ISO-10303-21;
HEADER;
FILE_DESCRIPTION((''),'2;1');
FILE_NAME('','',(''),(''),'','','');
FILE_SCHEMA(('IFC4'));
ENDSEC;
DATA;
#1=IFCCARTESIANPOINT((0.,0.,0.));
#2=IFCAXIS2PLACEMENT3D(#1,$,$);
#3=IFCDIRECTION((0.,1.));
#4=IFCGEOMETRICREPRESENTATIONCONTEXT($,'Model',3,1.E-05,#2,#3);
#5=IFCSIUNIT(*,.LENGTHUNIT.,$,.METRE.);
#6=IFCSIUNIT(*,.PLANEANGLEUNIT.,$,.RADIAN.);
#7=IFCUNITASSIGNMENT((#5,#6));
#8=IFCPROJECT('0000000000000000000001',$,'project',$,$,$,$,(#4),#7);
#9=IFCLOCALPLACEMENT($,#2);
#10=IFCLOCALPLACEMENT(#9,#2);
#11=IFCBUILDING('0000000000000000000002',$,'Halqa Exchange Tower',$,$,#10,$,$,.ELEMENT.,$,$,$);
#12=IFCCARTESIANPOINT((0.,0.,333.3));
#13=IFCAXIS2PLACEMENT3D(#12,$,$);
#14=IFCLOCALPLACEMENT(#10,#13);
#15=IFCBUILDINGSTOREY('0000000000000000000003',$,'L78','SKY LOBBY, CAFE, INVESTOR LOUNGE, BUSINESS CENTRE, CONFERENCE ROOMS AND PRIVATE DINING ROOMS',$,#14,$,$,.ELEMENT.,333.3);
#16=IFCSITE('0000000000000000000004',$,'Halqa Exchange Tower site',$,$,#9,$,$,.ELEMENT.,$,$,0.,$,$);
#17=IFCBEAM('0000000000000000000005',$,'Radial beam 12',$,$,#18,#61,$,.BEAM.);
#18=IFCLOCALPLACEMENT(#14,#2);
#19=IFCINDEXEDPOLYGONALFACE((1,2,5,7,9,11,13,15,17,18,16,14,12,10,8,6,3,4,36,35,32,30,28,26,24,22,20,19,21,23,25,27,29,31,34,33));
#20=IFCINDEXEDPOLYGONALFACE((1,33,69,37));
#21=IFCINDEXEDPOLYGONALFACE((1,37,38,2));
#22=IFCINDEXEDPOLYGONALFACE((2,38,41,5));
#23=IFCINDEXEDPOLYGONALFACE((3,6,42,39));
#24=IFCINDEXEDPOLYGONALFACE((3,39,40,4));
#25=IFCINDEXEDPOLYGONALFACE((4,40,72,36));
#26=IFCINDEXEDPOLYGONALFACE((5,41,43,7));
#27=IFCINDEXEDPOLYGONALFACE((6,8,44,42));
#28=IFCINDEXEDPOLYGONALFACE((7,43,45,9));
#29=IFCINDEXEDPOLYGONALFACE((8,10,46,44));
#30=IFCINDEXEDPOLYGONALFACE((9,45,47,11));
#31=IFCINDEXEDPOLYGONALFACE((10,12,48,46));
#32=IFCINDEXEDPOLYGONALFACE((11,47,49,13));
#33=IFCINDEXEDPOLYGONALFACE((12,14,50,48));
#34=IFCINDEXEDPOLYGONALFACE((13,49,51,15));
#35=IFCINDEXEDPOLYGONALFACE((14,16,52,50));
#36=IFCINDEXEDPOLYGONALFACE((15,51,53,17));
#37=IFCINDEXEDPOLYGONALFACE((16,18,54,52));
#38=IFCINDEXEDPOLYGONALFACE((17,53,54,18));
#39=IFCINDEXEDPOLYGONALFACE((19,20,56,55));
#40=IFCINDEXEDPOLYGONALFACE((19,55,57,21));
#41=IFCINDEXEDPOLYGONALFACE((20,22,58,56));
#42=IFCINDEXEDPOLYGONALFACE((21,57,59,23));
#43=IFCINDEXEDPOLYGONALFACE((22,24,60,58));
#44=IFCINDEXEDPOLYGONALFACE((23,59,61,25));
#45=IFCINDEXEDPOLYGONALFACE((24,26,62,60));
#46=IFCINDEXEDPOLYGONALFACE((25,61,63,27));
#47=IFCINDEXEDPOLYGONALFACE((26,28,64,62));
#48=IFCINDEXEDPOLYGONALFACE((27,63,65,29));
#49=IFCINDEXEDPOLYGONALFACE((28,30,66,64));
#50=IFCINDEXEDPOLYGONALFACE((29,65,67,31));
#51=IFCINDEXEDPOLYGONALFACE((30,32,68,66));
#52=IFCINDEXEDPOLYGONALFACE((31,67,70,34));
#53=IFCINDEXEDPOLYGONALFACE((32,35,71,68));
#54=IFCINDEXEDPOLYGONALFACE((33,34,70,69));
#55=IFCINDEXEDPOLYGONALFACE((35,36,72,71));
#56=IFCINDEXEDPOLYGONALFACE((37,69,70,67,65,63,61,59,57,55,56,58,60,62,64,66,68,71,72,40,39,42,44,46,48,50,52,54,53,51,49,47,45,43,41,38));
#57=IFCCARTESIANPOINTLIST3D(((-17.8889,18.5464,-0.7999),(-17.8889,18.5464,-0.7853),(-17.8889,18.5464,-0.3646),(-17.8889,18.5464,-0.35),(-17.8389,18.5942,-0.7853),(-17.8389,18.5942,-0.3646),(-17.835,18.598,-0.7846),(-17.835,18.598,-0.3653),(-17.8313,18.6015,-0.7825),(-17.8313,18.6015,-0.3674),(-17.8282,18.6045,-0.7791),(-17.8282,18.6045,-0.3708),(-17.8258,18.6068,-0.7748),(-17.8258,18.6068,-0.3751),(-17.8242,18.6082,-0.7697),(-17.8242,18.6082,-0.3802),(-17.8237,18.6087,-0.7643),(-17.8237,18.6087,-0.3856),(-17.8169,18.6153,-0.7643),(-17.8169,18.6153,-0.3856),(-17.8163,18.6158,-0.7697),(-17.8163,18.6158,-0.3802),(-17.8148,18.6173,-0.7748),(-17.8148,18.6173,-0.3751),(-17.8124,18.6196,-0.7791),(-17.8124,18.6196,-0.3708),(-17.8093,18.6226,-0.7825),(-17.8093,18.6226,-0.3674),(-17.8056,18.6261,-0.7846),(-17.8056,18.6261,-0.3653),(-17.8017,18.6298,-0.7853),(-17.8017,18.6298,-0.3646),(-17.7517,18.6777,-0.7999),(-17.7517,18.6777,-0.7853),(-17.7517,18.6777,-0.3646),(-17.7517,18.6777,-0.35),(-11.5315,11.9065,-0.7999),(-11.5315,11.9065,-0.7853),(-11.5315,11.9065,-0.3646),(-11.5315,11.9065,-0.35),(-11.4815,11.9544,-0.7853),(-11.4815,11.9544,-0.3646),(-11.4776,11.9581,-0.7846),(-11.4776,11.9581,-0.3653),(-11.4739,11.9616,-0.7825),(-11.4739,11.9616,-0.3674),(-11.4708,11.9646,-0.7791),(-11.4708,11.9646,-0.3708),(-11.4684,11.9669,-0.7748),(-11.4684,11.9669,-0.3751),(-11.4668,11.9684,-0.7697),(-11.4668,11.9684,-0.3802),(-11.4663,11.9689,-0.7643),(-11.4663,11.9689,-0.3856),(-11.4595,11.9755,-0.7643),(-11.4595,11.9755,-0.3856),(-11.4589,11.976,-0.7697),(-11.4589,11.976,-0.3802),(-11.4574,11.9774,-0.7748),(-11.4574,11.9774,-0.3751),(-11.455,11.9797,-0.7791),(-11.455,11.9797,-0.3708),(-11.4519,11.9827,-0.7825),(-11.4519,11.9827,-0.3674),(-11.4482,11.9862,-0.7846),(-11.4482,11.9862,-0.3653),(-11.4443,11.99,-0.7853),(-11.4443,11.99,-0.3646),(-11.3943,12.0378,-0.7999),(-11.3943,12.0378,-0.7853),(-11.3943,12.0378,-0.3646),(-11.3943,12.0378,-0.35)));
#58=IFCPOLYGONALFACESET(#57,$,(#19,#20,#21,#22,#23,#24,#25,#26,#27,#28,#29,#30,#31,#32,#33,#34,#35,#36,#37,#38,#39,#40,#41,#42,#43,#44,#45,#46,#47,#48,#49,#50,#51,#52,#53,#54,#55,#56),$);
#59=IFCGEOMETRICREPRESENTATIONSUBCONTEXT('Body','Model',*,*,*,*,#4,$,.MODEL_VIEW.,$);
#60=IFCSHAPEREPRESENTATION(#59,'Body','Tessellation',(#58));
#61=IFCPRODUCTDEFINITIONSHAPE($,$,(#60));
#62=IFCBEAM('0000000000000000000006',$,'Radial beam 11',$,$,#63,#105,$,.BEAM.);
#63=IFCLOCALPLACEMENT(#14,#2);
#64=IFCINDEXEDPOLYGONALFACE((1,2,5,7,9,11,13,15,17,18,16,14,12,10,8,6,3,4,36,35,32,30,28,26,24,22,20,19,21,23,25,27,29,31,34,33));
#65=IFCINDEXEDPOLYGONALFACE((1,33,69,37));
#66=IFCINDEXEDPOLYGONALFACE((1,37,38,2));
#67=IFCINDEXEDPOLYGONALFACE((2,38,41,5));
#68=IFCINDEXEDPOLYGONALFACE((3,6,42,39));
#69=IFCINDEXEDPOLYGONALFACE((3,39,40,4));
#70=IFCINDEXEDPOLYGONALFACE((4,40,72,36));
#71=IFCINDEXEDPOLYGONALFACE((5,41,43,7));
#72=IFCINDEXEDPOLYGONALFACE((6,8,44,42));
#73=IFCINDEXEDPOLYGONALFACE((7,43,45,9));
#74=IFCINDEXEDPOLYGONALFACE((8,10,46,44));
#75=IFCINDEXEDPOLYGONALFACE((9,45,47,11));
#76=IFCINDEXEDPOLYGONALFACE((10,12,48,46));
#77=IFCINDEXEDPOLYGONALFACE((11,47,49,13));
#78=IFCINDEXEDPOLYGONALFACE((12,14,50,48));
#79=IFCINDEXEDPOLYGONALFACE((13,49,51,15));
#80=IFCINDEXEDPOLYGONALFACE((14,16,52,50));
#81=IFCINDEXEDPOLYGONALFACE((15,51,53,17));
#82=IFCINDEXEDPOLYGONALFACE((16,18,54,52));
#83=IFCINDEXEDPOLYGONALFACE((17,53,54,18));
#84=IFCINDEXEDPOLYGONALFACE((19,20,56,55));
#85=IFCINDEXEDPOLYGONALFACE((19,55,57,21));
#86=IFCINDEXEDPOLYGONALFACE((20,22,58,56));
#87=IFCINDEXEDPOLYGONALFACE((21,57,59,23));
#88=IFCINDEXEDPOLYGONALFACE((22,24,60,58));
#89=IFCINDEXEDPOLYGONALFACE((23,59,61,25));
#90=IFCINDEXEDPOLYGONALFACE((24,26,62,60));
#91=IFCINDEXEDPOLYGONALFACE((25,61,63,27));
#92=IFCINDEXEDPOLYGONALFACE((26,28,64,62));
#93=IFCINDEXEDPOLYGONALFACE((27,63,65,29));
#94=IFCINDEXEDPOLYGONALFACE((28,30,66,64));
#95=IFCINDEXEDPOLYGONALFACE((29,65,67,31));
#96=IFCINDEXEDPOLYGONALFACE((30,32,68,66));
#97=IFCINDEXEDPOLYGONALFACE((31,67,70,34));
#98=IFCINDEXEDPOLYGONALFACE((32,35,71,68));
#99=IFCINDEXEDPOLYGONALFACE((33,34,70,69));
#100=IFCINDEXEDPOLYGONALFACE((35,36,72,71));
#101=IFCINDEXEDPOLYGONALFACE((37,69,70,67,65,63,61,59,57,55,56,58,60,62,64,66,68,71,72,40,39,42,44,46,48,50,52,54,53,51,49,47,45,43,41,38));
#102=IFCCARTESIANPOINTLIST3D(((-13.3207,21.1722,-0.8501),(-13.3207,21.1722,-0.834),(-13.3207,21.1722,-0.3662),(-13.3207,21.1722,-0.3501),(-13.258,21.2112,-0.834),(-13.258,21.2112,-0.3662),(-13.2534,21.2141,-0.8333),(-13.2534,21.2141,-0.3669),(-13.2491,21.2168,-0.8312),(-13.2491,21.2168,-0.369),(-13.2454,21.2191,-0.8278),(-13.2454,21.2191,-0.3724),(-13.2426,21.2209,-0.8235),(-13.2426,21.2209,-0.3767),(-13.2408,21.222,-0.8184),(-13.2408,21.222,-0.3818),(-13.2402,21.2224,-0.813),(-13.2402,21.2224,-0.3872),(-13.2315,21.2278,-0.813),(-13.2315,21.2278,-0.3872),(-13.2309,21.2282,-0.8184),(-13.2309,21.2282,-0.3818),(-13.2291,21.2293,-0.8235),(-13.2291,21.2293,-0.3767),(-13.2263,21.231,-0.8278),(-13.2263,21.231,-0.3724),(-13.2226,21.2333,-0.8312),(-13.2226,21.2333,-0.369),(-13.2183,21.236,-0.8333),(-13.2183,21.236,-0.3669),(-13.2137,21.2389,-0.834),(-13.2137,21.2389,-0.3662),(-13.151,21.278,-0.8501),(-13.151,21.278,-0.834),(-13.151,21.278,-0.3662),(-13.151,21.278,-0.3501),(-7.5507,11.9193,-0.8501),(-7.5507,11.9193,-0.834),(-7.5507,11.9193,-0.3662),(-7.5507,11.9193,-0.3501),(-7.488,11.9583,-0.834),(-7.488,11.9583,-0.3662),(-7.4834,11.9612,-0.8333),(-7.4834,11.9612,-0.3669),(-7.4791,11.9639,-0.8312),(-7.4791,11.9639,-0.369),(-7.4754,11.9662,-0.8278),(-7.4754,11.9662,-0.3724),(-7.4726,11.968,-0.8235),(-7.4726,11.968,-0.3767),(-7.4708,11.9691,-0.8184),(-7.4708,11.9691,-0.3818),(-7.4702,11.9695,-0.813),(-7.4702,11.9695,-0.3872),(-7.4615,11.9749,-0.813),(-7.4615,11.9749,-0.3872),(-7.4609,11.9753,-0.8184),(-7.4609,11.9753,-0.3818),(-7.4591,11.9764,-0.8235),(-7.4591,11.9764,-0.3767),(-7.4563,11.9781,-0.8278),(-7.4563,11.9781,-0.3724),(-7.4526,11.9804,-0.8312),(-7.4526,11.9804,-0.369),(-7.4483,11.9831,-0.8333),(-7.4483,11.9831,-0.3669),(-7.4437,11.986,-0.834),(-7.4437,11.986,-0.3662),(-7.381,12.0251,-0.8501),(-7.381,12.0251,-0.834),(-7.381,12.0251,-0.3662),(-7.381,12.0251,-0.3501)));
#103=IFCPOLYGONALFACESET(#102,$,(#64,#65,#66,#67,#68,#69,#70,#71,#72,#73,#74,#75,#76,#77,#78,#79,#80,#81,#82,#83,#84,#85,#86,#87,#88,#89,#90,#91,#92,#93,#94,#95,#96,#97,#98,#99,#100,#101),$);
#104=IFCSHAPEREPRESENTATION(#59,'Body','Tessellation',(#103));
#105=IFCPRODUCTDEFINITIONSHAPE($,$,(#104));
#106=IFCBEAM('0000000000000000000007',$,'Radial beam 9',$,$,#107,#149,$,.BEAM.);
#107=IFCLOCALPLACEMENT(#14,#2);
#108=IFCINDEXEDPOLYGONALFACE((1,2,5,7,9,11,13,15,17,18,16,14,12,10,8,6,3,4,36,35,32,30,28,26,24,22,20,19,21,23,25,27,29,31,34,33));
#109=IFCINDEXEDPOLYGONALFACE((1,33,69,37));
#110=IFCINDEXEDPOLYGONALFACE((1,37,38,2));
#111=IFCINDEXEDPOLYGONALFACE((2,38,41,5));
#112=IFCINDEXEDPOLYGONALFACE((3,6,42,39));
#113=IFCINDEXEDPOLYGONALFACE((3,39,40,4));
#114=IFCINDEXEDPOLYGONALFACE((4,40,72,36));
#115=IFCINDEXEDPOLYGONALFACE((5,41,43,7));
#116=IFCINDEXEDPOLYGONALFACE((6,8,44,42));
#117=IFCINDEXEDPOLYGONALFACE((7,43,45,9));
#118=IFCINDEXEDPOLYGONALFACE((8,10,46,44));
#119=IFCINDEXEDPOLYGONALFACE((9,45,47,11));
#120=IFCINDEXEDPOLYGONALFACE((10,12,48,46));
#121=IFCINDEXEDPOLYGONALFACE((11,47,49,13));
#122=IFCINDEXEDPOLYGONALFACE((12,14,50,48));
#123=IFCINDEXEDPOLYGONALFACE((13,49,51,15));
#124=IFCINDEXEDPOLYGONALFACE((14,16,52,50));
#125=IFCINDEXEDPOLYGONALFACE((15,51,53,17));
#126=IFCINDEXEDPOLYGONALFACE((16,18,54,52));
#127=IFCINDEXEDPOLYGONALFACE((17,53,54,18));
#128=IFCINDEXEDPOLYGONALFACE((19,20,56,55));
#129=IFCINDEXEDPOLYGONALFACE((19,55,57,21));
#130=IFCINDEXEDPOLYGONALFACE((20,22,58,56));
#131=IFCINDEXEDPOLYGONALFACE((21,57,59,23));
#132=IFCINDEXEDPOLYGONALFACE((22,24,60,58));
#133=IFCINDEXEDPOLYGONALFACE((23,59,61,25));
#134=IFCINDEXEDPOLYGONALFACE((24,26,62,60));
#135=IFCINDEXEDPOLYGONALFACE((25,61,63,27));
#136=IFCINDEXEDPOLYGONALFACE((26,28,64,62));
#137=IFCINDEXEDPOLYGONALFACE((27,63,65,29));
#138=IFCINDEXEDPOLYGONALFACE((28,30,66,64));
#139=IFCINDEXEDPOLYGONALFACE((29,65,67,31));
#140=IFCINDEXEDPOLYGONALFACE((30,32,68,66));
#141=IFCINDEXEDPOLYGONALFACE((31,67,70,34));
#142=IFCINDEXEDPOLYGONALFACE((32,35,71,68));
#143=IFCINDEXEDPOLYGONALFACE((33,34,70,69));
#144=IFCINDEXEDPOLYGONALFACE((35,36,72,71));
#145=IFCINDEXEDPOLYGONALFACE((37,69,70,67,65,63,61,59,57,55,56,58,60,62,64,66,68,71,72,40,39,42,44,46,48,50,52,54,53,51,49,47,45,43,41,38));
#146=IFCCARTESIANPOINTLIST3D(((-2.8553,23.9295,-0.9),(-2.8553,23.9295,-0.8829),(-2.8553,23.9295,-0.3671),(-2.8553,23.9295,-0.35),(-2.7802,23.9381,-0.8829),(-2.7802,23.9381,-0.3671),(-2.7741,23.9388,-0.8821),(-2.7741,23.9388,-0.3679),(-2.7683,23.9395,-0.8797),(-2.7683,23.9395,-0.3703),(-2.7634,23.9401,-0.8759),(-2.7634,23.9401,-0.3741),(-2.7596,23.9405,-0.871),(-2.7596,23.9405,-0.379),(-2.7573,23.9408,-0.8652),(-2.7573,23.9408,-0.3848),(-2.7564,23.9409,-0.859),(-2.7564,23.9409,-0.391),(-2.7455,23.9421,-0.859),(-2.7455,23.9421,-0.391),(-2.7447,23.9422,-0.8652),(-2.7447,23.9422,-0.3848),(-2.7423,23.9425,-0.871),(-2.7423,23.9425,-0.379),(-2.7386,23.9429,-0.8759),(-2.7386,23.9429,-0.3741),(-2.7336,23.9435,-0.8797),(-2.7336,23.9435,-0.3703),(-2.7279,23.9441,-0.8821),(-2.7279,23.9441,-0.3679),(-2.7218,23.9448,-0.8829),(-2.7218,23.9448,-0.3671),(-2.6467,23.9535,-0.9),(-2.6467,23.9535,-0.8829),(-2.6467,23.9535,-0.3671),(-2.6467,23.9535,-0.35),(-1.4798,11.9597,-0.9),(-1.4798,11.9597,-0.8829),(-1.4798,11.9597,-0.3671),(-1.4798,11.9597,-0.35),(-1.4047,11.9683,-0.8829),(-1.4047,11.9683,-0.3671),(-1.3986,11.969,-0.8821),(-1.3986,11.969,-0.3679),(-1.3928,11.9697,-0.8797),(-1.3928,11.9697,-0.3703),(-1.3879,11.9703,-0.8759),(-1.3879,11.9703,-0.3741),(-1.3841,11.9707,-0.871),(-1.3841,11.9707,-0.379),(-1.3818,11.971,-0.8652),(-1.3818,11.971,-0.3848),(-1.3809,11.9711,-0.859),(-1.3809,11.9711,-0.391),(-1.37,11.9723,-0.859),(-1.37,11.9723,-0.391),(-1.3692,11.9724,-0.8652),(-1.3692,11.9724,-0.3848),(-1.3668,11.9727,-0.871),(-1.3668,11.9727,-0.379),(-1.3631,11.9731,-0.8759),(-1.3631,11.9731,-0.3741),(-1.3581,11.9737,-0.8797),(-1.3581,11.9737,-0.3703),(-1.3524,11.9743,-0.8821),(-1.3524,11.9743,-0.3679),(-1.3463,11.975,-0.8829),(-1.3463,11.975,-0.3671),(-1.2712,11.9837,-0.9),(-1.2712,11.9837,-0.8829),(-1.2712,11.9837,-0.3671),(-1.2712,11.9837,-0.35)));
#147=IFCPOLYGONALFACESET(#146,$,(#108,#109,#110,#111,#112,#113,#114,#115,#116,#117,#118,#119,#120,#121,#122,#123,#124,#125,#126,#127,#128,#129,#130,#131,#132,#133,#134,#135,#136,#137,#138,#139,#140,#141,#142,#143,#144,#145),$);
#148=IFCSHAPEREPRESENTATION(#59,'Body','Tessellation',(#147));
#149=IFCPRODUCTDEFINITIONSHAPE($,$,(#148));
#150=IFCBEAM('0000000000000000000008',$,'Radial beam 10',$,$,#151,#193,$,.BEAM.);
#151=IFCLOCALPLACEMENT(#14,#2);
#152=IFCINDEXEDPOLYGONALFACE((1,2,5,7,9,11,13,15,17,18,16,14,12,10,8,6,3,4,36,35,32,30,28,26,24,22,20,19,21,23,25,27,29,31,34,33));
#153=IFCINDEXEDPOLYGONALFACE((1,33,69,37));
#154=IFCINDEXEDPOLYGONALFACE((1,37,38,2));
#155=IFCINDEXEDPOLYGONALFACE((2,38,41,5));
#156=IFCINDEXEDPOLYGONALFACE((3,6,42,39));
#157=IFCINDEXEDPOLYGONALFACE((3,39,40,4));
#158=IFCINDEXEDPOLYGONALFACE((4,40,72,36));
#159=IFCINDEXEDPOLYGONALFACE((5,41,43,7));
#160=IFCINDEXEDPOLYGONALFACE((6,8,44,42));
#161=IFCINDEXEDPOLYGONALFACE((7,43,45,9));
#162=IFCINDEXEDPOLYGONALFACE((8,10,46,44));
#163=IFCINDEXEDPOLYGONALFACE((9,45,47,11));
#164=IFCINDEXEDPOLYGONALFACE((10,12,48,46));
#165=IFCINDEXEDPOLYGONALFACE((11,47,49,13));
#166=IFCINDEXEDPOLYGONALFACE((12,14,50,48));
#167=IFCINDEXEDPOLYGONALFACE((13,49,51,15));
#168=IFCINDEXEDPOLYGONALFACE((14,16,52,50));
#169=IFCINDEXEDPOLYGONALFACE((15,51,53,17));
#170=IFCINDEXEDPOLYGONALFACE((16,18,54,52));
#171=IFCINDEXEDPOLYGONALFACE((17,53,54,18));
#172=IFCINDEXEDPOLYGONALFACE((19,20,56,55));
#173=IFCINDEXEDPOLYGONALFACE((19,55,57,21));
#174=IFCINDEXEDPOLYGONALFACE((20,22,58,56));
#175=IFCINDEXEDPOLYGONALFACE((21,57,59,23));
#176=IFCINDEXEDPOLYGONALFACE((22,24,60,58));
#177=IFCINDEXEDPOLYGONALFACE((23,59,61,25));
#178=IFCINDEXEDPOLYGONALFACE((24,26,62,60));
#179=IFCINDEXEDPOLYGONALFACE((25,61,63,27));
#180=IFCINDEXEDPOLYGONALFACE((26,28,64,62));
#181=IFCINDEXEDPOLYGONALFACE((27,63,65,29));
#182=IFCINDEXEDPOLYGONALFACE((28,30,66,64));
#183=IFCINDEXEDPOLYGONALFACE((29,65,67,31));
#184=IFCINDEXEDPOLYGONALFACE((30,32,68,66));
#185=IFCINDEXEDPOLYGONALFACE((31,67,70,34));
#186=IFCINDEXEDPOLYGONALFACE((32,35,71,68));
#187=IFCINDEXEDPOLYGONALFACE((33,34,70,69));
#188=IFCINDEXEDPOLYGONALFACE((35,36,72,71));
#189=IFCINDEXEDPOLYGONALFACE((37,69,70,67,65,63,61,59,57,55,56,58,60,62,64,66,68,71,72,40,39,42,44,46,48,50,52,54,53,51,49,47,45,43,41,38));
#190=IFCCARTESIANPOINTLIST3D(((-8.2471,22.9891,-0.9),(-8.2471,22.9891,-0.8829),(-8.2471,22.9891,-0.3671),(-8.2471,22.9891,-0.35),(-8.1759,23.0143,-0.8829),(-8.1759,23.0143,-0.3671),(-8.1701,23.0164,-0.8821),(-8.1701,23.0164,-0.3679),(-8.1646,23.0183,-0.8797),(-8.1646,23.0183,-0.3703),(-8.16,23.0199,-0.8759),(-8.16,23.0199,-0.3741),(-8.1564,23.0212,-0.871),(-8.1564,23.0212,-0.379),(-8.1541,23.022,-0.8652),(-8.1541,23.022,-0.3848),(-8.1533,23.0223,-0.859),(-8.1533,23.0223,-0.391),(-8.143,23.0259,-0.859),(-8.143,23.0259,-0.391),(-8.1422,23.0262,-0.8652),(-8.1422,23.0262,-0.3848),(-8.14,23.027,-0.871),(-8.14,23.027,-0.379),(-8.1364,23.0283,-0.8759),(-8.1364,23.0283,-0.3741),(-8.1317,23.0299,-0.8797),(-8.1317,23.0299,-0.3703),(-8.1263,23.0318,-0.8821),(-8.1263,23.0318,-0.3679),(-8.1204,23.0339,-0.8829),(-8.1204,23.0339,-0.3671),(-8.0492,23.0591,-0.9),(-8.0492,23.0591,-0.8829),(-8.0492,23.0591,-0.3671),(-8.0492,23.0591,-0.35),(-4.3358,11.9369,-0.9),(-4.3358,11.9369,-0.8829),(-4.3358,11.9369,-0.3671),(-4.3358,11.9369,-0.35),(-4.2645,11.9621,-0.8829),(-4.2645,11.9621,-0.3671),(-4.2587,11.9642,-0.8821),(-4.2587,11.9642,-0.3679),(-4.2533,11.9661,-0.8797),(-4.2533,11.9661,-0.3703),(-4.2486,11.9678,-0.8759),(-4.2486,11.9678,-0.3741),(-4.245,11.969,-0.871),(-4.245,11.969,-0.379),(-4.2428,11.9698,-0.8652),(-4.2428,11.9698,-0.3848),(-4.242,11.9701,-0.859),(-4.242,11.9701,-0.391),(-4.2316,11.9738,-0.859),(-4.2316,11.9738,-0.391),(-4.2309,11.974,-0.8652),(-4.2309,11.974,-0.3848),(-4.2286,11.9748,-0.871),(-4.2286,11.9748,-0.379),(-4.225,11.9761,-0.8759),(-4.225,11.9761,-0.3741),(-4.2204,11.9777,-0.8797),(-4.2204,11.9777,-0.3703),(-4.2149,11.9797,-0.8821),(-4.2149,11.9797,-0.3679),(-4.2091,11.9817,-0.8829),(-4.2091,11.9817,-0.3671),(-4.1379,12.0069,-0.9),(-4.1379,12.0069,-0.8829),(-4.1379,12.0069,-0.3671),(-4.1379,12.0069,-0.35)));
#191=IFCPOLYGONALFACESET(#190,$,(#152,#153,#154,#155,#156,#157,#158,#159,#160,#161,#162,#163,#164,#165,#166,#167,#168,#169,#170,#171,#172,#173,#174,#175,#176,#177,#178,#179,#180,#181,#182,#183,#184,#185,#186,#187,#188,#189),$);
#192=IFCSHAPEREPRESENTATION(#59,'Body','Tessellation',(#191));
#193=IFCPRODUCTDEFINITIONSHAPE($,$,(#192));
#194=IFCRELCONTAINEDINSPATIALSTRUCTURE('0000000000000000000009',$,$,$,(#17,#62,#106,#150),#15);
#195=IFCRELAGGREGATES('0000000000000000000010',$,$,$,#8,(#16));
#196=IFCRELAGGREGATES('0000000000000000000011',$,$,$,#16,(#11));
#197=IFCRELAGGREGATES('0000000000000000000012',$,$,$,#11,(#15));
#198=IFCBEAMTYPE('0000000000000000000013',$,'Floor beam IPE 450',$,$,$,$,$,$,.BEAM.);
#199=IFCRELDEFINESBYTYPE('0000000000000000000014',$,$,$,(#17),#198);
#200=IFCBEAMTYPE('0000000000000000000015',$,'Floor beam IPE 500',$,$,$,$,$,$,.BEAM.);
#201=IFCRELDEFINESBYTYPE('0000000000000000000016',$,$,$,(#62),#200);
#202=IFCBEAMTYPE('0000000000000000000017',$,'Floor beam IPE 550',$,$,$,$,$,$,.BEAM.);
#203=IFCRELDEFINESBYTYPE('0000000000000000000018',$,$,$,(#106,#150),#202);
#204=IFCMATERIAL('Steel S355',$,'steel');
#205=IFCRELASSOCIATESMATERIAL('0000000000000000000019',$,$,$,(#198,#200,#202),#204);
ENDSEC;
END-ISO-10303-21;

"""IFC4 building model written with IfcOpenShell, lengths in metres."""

from ifc_helpers import new_model, si_unit, direction, frame, origin, origin_2d, place, context, subcontext, project, spatial, i_section, extrude, material, material_profile, profile_set, type_object, element, save


model = new_model("IFC4")

# Units and contexts
model_context = context("Model", 3, precision=1e-05, world=origin(), true_north=direction((0.0, 1.0)))
body_context = subcontext(model_context, "Body", "Model", "MODEL_VIEW")
ifc_project = project(units=[si_unit("LENGTHUNIT", "METRE"), si_unit("PLANEANGLEUNIT", "RADIAN")], contexts=[model_context])

# Site, building, storey
site_placement = place(None, origin())
site = spatial("IfcSite", under=ifc_project, at=site_placement, Name="Halqa Exchange Tower site", CompositionType="ELEMENT", RefElevation=0.0)
building_placement = place(site_placement, origin())
building = spatial("IfcBuilding", under=site, at=building_placement, Name="Halqa Exchange Tower", CompositionType="ELEMENT")
storey_placement = place(building_placement, frame((0.0, 0.0, 333.3)))
storey = spatial("IfcBuildingStorey", under=building, at=storey_placement, Name="L78", Description="SKY LOBBY, CAFE, INVESTOR LOUNGE, BUSINESS CENTRE, CONFERENCE ROOMS AND PRIVATE DINING ROOMS", CompositionType="ELEMENT", Elevation=333.3)

# Beams
ifc_material_1 = material(Name="Steel S355", Category="steel")
ifc_material_profile_1 = material_profile(ifc_material_1, i_section(OverallWidth=0.1899, OverallDepth=0.45, WebThickness=0.0095, FlangeThickness=0.0146, FilletRadius=0.021, at=origin_2d()), Name="IPE 450")
ifc_profile_set_1 = profile_set([ifc_material_profile_1], Name="Steel S355")
beam_type_1 = type_object("IfcBeamType", Name="Floor beam IPE 450", PredefinedType="BEAM", material=ifc_profile_set_1)
beam_1_placement = place(storey_placement, frame((-11.4629, 11.9722, -0.575), z_axis=(-0.691576, 0.722304, 0.0), x_axis=(-0.722304, -0.691576, 0.0)))
element("IfcBeam", 1, at=beam_1_placement, inside=storey, type_object=beam_type_1, Name="Radial beam 12", PredefinedType="BEAM", context=body_context, shape_type="SweptSolid", body=[
    extrude(i_section(OverallWidth=0.1899, OverallDepth=0.45, WebThickness=0.0095, FlangeThickness=0.0146, FilletRadius=0.021, at=origin_2d()), origin(), (0.0, 0.0, 1.0), 9.1926),
])
ifc_material_profile_2 = material_profile(ifc_material_1, i_section(OverallWidth=0.2, OverallDepth=0.5, WebThickness=0.0103, FlangeThickness=0.0161, FilletRadius=0.021, at=origin_2d()), Name="IPE 500")
ifc_profile_set_2 = profile_set([ifc_material_profile_2], Name="Steel S355")
beam_type_2 = type_object("IfcBeamType", Name="Floor beam IPE 500", PredefinedType="BEAM", material=ifc_profile_set_2)
beam_2_placement = place(storey_placement, frame((-7.4658, 11.9722, -0.6001), z_axis=(-0.529137, 0.848536, 0.0), x_axis=(-0.848536, -0.529137, 0.0)))
element("IfcBeam", 2, at=beam_2_placement, inside=storey, type_object=beam_type_2, Name="Radial beam 11", PredefinedType="BEAM", context=body_context, shape_type="SweptSolid", body=[
    extrude(i_section(OverallWidth=0.2, OverallDepth=0.5, WebThickness=0.0103, FlangeThickness=0.0161, FilletRadius=0.021, at=origin_2d()), origin(), (0.0, 0.0, 1.0), 10.9045),
])
ifc_material_profile_3 = material_profile(ifc_material_1, i_section(OverallWidth=0.21, OverallDepth=0.55, WebThickness=0.011, FlangeThickness=0.0171, FilletRadius=0.0239, at=origin_2d()), Name="IPE 550")
ifc_profile_set_3 = profile_set([ifc_material_profile_3], Name="Steel S355")
beam_type_3 = type_object("IfcBeamType", Name="Floor beam IPE 550", PredefinedType="BEAM", material=ifc_profile_set_3)
beam_3_placement = place(storey_placement, frame((-1.3755, 11.9717, -0.625), z_axis=(-0.114163, 0.993462, 0.0), x_axis=(-0.993462, -0.114163, 0.0)))
element("IfcBeam", 3, at=beam_3_placement, inside=storey, type_object=beam_type_3, Name="Radial beam 9", PredefinedType="BEAM", context=body_context, shape_type="SweptSolid", body=[
    extrude(i_section(OverallWidth=0.21, OverallDepth=0.55, WebThickness=0.011, FlangeThickness=0.0171, FilletRadius=0.0239, at=origin_2d()), origin(), (0.0, 0.0, 1.0), 12.0486),
])
beam_4_placement = place(storey_placement, frame((-4.2368, 11.9719, -0.625), z_axis=(-0.333623, 0.942707, 0.0), x_axis=(-0.942707, -0.333623, 0.0)))
element("IfcBeam", 4, at=beam_4_placement, inside=storey, type_object=beam_type_3, Name="Radial beam 10", PredefinedType="BEAM", context=body_context, shape_type="SweptSolid", body=[
    extrude(i_section(OverallWidth=0.21, OverallDepth=0.55, WebThickness=0.011, FlangeThickness=0.0171, FilletRadius=0.0239, at=origin_2d()), origin(), (0.0, 0.0, 1.0), 11.7239),
])

save(model, "model.ifc")
